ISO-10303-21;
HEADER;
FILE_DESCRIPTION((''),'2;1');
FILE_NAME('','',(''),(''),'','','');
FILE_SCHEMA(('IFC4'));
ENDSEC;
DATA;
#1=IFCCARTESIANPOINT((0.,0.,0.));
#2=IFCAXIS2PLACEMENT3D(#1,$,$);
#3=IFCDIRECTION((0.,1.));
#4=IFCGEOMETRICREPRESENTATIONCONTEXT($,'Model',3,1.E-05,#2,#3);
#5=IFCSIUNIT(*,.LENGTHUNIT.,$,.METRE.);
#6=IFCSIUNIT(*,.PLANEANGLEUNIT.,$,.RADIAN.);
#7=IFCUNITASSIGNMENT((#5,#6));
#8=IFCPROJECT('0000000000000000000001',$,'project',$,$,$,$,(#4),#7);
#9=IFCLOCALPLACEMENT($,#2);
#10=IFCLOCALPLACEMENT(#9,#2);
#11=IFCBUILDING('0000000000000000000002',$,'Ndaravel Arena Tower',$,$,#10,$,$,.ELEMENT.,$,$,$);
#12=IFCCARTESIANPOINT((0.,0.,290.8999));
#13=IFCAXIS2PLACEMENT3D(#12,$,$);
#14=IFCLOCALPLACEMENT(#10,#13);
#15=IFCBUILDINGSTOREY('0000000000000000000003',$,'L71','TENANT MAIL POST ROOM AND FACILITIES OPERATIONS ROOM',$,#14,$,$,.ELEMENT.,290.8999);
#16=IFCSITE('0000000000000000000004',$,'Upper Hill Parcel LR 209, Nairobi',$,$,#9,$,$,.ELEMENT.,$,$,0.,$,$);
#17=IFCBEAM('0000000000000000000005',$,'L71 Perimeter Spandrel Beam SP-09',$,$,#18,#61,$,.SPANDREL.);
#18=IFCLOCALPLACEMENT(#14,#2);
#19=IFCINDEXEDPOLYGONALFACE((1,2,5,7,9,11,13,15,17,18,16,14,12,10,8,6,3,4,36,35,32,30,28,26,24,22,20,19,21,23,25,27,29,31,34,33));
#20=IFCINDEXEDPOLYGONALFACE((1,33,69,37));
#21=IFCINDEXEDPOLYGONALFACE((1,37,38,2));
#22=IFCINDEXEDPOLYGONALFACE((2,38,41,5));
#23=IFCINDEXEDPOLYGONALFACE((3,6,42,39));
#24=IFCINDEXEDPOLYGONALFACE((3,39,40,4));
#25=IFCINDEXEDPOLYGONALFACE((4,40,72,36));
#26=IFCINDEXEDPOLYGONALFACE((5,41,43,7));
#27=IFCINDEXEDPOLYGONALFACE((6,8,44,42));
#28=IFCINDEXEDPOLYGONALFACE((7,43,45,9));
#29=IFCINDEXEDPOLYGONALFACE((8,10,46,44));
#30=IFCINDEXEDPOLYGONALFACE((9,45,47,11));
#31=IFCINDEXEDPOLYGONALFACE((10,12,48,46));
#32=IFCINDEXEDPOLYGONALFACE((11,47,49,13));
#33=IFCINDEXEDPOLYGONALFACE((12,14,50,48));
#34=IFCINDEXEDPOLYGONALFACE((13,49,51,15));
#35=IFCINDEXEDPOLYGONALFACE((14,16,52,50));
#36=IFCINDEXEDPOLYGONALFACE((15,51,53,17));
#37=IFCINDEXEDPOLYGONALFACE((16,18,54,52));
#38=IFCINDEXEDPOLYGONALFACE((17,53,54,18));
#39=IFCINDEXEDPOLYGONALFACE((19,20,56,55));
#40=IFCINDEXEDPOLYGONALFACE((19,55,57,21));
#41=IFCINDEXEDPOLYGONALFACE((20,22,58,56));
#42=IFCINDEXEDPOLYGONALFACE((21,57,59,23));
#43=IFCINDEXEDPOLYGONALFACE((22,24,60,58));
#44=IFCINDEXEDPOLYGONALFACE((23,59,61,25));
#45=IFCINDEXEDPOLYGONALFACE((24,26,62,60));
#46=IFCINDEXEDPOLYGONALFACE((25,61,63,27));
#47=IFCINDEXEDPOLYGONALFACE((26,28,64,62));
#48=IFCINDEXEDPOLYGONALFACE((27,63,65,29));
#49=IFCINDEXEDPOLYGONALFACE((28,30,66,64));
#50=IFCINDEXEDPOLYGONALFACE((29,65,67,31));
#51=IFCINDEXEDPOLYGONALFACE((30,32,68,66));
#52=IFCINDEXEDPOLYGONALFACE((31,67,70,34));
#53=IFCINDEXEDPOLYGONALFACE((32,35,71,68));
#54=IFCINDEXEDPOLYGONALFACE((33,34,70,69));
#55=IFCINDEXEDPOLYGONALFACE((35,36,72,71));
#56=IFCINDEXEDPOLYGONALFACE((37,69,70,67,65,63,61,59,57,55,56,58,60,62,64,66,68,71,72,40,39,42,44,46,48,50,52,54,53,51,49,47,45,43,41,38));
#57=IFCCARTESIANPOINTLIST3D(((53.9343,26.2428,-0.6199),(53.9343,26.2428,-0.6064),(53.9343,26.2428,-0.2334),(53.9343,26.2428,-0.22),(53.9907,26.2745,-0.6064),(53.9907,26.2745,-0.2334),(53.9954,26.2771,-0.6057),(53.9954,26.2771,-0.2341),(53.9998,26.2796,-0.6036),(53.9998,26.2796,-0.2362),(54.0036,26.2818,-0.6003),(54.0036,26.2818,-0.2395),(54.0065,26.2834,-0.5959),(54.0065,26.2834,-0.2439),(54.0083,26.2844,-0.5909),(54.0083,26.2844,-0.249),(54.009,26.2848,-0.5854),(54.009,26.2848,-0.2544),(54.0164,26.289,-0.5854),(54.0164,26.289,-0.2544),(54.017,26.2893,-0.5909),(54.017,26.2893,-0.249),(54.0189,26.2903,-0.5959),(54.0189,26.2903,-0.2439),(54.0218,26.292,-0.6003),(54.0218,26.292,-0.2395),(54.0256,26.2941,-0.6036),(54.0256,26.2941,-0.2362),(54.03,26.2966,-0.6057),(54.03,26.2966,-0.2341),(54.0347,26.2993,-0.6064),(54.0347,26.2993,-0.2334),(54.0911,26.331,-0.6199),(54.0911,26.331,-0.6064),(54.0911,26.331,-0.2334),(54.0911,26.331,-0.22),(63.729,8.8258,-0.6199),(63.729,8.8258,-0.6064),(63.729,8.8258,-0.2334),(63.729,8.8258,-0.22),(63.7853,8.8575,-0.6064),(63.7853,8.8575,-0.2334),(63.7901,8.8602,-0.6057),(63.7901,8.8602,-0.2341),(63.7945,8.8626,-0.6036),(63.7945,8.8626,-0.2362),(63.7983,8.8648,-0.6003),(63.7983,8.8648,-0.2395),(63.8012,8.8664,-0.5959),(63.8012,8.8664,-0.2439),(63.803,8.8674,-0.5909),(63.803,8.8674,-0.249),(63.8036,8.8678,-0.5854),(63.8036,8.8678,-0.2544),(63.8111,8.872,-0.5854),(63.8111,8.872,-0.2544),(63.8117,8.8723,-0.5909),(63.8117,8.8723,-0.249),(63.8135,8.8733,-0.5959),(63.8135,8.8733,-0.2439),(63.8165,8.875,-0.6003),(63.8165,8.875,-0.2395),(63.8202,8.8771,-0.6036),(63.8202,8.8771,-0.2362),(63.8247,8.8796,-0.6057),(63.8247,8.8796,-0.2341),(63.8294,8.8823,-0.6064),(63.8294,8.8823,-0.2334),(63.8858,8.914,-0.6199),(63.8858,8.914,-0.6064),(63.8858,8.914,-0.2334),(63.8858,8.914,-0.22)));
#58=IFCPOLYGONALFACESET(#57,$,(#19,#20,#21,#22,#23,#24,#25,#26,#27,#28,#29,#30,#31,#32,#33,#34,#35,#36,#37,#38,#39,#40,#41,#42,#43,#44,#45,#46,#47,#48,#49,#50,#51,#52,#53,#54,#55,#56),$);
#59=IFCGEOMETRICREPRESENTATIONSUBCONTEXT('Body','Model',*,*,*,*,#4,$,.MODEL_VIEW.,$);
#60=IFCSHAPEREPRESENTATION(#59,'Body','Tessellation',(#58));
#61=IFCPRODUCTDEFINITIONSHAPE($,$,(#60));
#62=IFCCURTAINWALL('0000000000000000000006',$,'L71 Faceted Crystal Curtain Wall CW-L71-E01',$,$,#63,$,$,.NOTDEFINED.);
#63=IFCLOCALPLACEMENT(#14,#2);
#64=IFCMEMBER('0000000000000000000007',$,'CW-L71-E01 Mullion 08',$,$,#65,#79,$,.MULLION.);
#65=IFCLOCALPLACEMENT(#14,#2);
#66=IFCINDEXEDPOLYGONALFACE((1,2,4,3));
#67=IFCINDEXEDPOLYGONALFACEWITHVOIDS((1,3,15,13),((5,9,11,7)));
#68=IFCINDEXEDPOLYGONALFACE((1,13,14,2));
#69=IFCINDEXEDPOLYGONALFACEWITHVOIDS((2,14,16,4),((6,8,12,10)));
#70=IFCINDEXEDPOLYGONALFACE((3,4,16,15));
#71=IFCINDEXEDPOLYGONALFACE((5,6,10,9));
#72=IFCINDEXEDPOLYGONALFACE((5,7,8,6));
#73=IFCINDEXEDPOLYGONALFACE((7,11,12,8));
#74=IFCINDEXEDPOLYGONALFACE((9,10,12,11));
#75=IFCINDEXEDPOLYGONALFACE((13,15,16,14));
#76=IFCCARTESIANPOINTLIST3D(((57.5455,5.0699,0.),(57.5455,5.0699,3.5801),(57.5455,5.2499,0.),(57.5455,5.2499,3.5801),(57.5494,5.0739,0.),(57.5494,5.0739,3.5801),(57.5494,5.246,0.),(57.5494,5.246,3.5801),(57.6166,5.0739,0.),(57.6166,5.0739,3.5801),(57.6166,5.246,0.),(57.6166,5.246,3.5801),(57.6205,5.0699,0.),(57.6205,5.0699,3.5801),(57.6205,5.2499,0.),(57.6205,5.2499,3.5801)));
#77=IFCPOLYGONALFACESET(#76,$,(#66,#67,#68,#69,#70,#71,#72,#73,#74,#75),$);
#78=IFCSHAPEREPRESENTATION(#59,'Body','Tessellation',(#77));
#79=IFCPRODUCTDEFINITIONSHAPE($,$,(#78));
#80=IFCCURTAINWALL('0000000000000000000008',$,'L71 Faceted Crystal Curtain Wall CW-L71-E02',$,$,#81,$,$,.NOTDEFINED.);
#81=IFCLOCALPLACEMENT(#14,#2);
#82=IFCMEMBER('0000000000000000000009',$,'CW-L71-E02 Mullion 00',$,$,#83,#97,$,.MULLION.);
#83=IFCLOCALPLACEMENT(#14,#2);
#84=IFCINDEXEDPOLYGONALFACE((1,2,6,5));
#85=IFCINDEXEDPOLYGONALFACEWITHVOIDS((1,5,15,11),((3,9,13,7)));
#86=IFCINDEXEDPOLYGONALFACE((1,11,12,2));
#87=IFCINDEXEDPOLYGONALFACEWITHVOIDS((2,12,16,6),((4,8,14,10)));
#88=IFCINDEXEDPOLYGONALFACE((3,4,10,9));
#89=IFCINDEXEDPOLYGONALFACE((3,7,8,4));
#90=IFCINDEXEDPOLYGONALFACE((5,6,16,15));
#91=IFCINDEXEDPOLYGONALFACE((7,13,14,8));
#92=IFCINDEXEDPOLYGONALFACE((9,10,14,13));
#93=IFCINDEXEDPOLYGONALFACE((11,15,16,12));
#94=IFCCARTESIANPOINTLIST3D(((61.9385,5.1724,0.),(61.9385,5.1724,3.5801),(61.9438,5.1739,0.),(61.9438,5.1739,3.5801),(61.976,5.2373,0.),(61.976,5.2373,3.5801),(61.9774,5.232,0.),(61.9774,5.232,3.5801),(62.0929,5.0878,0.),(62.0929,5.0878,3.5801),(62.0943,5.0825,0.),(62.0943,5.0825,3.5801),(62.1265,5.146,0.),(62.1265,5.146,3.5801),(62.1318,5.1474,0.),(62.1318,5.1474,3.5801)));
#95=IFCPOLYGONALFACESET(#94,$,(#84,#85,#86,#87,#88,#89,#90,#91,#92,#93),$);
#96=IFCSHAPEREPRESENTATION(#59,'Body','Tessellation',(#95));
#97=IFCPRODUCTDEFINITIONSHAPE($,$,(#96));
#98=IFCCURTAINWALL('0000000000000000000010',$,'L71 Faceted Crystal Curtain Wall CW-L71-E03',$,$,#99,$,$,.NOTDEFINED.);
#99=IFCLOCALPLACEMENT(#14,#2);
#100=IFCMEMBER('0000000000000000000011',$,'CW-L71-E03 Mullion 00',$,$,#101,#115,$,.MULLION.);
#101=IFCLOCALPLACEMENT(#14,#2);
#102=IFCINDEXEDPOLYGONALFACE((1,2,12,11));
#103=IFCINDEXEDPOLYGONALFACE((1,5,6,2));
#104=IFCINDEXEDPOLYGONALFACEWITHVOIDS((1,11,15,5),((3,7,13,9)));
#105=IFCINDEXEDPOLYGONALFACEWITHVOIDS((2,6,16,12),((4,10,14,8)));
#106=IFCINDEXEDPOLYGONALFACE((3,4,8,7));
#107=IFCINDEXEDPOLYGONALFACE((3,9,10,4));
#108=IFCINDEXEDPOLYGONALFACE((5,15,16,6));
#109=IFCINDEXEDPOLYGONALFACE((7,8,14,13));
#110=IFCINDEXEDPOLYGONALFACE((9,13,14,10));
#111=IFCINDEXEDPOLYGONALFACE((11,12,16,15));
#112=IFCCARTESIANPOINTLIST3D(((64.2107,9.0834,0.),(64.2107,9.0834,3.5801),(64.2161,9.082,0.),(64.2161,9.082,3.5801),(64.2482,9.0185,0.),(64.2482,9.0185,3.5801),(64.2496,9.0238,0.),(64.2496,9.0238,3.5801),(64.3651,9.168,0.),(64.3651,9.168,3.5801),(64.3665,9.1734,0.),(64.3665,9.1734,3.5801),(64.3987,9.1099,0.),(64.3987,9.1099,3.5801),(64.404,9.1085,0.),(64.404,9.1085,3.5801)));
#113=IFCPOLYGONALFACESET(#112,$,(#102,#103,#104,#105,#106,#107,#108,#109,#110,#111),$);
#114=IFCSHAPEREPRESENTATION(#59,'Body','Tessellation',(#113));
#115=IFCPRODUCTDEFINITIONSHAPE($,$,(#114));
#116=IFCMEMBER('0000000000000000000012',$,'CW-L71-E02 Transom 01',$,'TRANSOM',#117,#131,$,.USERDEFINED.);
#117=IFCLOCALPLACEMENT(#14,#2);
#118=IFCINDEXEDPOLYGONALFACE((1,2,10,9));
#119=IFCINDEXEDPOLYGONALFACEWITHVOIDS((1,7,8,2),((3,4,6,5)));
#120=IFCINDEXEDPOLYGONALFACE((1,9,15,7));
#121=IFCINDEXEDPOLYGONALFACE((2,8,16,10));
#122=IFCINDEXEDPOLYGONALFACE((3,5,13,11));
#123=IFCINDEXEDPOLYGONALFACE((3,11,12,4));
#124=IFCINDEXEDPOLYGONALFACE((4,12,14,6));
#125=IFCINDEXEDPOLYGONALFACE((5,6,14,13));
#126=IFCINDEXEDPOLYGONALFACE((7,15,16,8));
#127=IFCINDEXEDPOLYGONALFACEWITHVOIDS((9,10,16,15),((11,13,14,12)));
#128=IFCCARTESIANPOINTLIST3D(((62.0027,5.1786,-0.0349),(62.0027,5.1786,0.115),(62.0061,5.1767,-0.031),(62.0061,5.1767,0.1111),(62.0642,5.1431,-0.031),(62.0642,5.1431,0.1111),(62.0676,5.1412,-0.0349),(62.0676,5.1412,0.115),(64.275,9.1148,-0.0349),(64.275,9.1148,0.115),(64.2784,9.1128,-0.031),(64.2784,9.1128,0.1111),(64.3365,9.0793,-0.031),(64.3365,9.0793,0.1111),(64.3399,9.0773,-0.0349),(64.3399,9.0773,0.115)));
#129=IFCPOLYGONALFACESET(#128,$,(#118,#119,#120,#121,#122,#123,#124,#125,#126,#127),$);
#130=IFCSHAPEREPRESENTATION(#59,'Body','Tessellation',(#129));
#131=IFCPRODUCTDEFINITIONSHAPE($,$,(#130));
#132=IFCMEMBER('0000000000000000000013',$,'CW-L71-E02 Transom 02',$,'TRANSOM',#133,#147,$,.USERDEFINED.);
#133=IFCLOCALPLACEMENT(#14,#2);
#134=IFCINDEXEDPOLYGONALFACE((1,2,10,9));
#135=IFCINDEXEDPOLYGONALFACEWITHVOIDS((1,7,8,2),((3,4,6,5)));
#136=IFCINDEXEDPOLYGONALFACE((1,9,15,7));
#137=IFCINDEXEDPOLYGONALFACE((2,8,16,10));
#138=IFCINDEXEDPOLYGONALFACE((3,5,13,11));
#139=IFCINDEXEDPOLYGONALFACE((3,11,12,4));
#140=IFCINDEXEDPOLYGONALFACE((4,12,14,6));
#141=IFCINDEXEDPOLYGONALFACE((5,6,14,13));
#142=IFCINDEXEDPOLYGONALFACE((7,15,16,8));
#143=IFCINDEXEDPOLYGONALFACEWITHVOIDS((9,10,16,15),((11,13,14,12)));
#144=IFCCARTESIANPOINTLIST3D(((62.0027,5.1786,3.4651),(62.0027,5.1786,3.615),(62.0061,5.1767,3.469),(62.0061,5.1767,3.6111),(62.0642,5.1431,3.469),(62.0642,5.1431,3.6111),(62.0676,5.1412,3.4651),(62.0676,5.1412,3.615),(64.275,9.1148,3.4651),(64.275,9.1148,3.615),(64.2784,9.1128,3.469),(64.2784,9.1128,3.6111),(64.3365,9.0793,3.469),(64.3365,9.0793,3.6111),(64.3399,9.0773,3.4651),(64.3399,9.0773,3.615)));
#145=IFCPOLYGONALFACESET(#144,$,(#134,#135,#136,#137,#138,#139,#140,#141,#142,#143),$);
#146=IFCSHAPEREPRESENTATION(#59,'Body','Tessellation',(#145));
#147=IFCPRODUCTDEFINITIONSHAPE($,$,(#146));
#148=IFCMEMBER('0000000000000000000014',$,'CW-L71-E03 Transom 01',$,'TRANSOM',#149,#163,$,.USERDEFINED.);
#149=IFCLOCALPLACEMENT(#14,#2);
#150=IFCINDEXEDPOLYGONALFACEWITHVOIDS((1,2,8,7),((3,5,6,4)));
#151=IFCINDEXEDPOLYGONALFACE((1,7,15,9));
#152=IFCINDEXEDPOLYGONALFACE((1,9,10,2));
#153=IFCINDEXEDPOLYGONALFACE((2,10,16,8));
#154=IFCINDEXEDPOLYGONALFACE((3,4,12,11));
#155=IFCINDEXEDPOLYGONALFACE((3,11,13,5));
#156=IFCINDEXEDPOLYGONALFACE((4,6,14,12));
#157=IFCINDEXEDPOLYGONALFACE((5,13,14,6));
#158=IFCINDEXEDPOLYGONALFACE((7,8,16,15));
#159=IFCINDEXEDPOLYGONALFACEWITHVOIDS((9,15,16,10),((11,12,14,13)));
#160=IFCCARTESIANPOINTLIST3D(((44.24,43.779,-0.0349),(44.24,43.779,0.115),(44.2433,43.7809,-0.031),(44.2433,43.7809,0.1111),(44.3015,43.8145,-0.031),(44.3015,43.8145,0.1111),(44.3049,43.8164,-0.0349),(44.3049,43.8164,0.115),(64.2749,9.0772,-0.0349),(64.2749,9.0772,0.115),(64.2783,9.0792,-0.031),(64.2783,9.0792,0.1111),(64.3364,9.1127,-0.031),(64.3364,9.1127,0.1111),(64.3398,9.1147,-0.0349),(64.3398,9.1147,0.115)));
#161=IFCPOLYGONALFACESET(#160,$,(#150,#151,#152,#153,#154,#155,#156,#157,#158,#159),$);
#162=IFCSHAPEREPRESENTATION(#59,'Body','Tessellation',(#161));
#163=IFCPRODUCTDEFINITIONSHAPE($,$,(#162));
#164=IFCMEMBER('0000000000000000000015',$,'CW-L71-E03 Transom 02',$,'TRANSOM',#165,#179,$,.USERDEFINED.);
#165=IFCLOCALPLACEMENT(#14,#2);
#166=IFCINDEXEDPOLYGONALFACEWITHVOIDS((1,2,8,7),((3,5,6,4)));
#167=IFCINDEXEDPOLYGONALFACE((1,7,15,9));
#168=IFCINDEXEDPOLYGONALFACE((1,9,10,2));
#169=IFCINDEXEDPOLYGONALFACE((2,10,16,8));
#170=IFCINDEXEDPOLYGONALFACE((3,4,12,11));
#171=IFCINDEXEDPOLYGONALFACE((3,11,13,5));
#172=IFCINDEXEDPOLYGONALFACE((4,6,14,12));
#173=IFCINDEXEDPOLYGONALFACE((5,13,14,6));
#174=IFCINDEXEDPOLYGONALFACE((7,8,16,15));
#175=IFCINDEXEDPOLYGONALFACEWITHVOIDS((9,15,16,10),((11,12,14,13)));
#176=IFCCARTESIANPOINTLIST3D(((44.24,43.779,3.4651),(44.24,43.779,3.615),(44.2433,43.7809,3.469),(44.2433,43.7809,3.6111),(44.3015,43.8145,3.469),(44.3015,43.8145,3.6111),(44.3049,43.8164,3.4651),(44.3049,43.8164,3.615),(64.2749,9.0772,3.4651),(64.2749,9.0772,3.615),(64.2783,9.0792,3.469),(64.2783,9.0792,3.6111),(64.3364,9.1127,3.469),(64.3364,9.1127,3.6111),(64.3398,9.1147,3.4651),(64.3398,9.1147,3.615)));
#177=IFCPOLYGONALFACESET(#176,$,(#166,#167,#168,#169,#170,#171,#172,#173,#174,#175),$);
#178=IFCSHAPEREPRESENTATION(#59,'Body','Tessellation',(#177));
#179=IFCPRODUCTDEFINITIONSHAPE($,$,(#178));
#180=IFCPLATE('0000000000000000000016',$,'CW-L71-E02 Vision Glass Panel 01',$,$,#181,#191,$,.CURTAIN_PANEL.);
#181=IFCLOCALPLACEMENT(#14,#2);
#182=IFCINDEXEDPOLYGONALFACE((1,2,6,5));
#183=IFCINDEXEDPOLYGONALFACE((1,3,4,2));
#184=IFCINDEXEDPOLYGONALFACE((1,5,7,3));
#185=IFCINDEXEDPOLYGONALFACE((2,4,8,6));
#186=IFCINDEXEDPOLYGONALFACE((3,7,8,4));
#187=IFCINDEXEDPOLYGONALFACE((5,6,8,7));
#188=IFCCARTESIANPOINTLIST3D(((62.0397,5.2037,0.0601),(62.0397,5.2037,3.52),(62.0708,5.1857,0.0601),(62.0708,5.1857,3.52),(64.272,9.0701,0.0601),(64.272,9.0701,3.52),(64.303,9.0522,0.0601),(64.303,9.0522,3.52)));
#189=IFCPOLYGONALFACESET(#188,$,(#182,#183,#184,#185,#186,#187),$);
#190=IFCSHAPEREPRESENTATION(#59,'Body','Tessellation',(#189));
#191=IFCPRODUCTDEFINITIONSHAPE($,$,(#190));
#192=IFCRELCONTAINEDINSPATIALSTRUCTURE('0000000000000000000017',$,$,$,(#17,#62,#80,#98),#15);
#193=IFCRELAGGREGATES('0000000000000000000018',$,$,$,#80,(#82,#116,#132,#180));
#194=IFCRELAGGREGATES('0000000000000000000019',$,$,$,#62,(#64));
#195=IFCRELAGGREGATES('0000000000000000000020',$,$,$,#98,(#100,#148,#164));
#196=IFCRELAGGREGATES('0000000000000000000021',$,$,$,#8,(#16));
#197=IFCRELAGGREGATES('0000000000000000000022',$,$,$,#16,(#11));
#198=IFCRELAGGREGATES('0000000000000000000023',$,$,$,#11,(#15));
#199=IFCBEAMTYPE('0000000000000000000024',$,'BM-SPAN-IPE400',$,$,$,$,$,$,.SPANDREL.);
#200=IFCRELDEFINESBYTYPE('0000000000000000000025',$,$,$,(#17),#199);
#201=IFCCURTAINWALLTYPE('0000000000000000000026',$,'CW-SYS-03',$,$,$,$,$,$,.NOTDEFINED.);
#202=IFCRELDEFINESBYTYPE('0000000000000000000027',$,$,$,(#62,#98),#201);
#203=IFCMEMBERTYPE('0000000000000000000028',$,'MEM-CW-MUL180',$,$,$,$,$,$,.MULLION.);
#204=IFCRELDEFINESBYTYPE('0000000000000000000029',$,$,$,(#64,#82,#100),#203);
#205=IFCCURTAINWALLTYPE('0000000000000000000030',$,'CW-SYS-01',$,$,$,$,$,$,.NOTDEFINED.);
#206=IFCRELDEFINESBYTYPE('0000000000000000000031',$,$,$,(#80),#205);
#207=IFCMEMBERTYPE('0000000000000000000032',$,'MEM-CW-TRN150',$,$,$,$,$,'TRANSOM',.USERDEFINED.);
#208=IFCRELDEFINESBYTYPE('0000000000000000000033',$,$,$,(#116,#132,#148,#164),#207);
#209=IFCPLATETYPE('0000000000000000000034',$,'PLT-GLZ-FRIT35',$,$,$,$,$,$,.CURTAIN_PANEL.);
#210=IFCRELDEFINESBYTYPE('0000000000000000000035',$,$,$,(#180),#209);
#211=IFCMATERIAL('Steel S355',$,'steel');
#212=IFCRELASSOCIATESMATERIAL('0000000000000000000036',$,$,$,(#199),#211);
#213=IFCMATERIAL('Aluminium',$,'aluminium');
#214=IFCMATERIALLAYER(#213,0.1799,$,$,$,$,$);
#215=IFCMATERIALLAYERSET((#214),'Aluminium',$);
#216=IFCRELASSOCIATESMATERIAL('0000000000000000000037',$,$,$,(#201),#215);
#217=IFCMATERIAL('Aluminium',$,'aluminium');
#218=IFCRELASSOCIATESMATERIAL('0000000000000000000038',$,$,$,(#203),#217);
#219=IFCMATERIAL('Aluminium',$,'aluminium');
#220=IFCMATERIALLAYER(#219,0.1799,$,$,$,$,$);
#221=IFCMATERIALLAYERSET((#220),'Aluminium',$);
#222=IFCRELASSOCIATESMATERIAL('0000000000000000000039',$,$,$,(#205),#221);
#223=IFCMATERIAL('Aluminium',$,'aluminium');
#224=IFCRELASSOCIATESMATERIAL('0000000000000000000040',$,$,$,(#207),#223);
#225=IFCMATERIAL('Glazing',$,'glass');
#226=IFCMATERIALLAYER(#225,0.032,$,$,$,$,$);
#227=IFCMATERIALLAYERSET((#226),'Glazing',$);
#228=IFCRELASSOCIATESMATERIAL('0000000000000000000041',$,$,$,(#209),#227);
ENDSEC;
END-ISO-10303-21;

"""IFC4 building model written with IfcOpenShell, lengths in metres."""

from ifc_helpers import new_model, si_unit, direction, frame, origin, origin_2d, place, context, subcontext, project, spatial, rectangle, hollow_rectangle, i_section, extrude, material, layer, layer_set, material_profile, profile_set, type_object, element, aggregate, save


model = new_model("IFC4")

# Units and contexts
model_context = context("Model", 3, precision=1e-05, world=origin(), true_north=direction((0.0, 1.0)))
body_context = subcontext(model_context, "Body", "Model", "MODEL_VIEW")
ifc_project = project(units=[si_unit("LENGTHUNIT", "METRE"), si_unit("PLANEANGLEUNIT", "RADIAN")], contexts=[model_context])

# Site, building, storey
site_placement = place(None, origin())
site = spatial("IfcSite", under=ifc_project, at=site_placement, Name="Upper Hill Parcel LR 209, Nairobi", CompositionType="ELEMENT", RefElevation=0.0)
building_placement = place(site_placement, origin())
building = spatial("IfcBuilding", under=site, at=building_placement, Name="Ndaravel Arena Tower", CompositionType="ELEMENT")
storey_placement = place(building_placement, frame((0.0, 0.0, 290.8999)))
storey = spatial("IfcBuildingStorey", under=building, at=storey_placement, Name="L71", Description="TENANT MAIL POST ROOM AND FACILITIES OPERATIONS ROOM", CompositionType="ELEMENT", Elevation=290.8999)

# Beam
ifc_material_1 = material(Name="Steel S355", Category="steel")
ifc_material_profile_1 = material_profile(ifc_material_1, i_section(OverallWidth=0.1799, OverallDepth=0.3999, WebThickness=0.0085, FlangeThickness=0.0134, FilletRadius=0.021, at=origin_2d()), Name="IPE 400")
ifc_profile_set_1 = profile_set([ifc_material_profile_1], Name="Steel S355")
beam_type = type_object("IfcBeamType", Name="BM-SPAN-IPE400", PredefinedType="SPANDREL", material=ifc_profile_set_1)
beam_1_placement = place(storey_placement, frame((63.8074, 8.8699, -0.4199), z_axis=(-0.490171, 0.871626, 0.0), x_axis=(-0.871626, -0.490171, 0.0)))
element("IfcBeam", 1, at=beam_1_placement, inside=storey, type_object=beam_type, Name="L71 Perimeter Spandrel Beam SP-09", PredefinedType="SPANDREL", context=body_context, shape_type="SweptSolid", body=[
    extrude(i_section(OverallWidth=0.1799, OverallDepth=0.3999, WebThickness=0.0085, FlangeThickness=0.0134, FilletRadius=0.021, at=origin_2d()), origin(), (0.0, 0.0, 1.0), 19.9822),
])

# Curtain walls, members
ifc_material_2 = material(Name="Aluminium", Category="aluminium")
ifc_layer_1 = layer(ifc_material_2, 0.1799)
ifc_layer_set_1 = layer_set([ifc_layer_1], Name="Aluminium")
curtain_wall_type_1 = type_object("IfcCurtainWallType", Name="CW-SYS-03", PredefinedType="NOTDEFINED", material=ifc_layer_set_1)
curtain_wall_1_placement = place(storey_placement, origin())
curtain_wall_1 = element("IfcCurtainWall", 2, at=curtain_wall_1_placement, inside=storey, type_object=curtain_wall_type_1, Name="L71 Faceted Crystal Curtain Wall CW-L71-E01", PredefinedType="NOTDEFINED")
ifc_material_3 = material(Name="Aluminium", Category="aluminium")
ifc_material_profile_2 = material_profile(ifc_material_3, hollow_rectangle(XDim=0.075, YDim=0.1799, WallThickness=0.0039, at=origin_2d()), Name="CW MULLION 75x180x4")
ifc_profile_set_2 = profile_set([ifc_material_profile_2], Name="Aluminium")
member_type_1 = type_object("IfcMemberType", Name="MEM-CW-MUL180", PredefinedType="MULLION", material=ifc_profile_set_2)
member_1_placement = place(storey_placement, frame((57.583, 5.1599, 0.0), z_axis=(0.0, 0.0, 1.0), x_axis=(1.0, 0.0, 0.0)))
member_1 = element("IfcMember", 3, at=member_1_placement, type_object=member_type_1, Name="CW-L71-E01 Mullion 08", PredefinedType="MULLION", context=body_context, shape_type="SweptSolid", body=[
    extrude(hollow_rectangle(XDim=0.075, YDim=0.1799, WallThickness=0.0039, at=origin_2d()), origin(), (0.0, 0.0, 1.0), 3.5801),
])
ifc_material_4 = material(Name="Aluminium", Category="aluminium")
ifc_layer_2 = layer(ifc_material_4, 0.1799)
ifc_layer_set_2 = layer_set([ifc_layer_2], Name="Aluminium")
curtain_wall_type_2 = type_object("IfcCurtainWallType", Name="CW-SYS-01", PredefinedType="NOTDEFINED", material=ifc_layer_set_2)
curtain_wall_2_placement = place(storey_placement, origin())
curtain_wall_2 = element("IfcCurtainWall", 4, at=curtain_wall_2_placement, inside=storey, type_object=curtain_wall_type_2, Name="L71 Faceted Crystal Curtain Wall CW-L71-E02", PredefinedType="NOTDEFINED")
member_2_placement = place(storey_placement, frame((62.0352, 5.1599, 0.0), z_axis=(0.0, 0.0, 1.0), x_axis=(0.499985, 0.866034, 0.0)))
member_2 = element("IfcMember", 5, at=member_2_placement, type_object=member_type_1, Name="CW-L71-E02 Mullion 00", PredefinedType="MULLION", context=body_context, shape_type="SweptSolid", body=[
    extrude(hollow_rectangle(XDim=0.075, YDim=0.1799, WallThickness=0.0039, at=origin_2d()), origin(), (0.0, 0.0, 1.0), 3.5801),
])
curtain_wall_3_placement = place(storey_placement, origin())
curtain_wall_3 = element("IfcCurtainWall", 6, at=curtain_wall_3_placement, inside=storey, type_object=curtain_wall_type_1, Name="L71 Faceted Crystal Curtain Wall CW-L71-E03", PredefinedType="NOTDEFINED")
member_3_placement = place(storey_placement, frame((64.3074, 9.0959, 0.0), z_axis=(0.0, 0.0, 1.0), x_axis=(-0.5, 0.866025, 0.0)))
member_3 = element("IfcMember", 7, at=member_3_placement, type_object=member_type_1, Name="CW-L71-E03 Mullion 00", PredefinedType="MULLION", context=body_context, shape_type="SweptSolid", body=[
    extrude(hollow_rectangle(XDim=0.075, YDim=0.1799, WallThickness=0.0039, at=origin_2d()), origin(), (0.0, 0.0, 1.0), 3.5801),
])

# Members
ifc_material_5 = material(Name="Aluminium", Category="aluminium")
ifc_material_profile_3 = material_profile(ifc_material_5, hollow_rectangle(XDim=0.075, YDim=0.1499, WallThickness=0.0039, at=origin_2d()), Name="CW TRANSOM 75x150x4")
ifc_profile_set_3 = profile_set([ifc_material_profile_3], Name="Aluminium")
member_type_2 = type_object("IfcMemberType", Name="MEM-CW-TRN150", ElementType="TRANSOM", PredefinedType="USERDEFINED", material=ifc_profile_set_3)
member_4_placement = place(storey_placement, frame((62.0352, 5.1599, 0.04), z_axis=(0.499958, 0.86605, 0.0), x_axis=(-0.86605, 0.499958, 0.0)))
member_4 = element("IfcMember", 8, at=member_4_placement, type_object=member_type_2, Name="CW-L71-E02 Transom 01", ObjectType="TRANSOM", PredefinedType="USERDEFINED", context=body_context, shape_type="SweptSolid", body=[
    extrude(hollow_rectangle(XDim=0.075, YDim=0.1499, WallThickness=0.0039, at=origin_2d()), origin(), (0.0, 0.0, 1.0), 4.5449),
])
member_5_placement = place(storey_placement, frame((62.0352, 5.1599, 3.54), z_axis=(0.499958, 0.86605, 0.0), x_axis=(-0.86605, 0.499958, 0.0)))
member_5 = element("IfcMember", 9, at=member_5_placement, type_object=member_type_2, Name="CW-L71-E02 Transom 02", ObjectType="TRANSOM", PredefinedType="USERDEFINED", context=body_context, shape_type="SweptSolid", body=[
    extrude(hollow_rectangle(XDim=0.075, YDim=0.1499, WallThickness=0.0039, at=origin_2d()), origin(), (0.0, 0.0, 1.0), 4.5449),
])
member_6_placement = place(storey_placement, frame((64.3074, 9.0959, 0.04), z_axis=(-0.499998, 0.866026, 0.0), x_axis=(-0.866026, -0.499998, 0.0)))
member_6 = element("IfcMember", 10, at=member_6_placement, type_object=member_type_2, Name="CW-L71-E03 Transom 01", ObjectType="TRANSOM", PredefinedType="USERDEFINED", context=body_context, shape_type="SweptSolid", body=[
    extrude(hollow_rectangle(XDim=0.075, YDim=0.1499, WallThickness=0.0039, at=origin_2d()), origin(), (0.0, 0.0, 1.0), 40.0701),
])
member_7_placement = place(storey_placement, frame((64.3074, 9.0959, 3.54), z_axis=(-0.499998, 0.866026, 0.0), x_axis=(-0.866026, -0.499998, 0.0)))
member_7 = element("IfcMember", 11, at=member_7_placement, type_object=member_type_2, Name="CW-L71-E03 Transom 02", ObjectType="TRANSOM", PredefinedType="USERDEFINED", context=body_context, shape_type="SweptSolid", body=[
    extrude(hollow_rectangle(XDim=0.075, YDim=0.1499, WallThickness=0.0039, at=origin_2d()), origin(), (0.0, 0.0, 1.0), 40.0701),
])

# Plate
ifc_material_6 = material(Name="Glazing", Category="glass")
ifc_layer_3 = layer(ifc_material_6, 0.032)
ifc_layer_set_3 = layer_set([ifc_layer_3], Name="Glazing")
plate_type_1 = type_object("IfcPlateType", Name="PLT-GLZ-FRIT35", PredefinedType="CURTAIN_PANEL", material=ifc_layer_set_3)
plate_1_placement = place(storey_placement, frame((63.1714, 7.1279, 0.0601), z_axis=(0.0, 0.0, 1.0), x_axis=(0.499985, 0.866034, 0.0)))
plate_1 = element("IfcPlate", 12, at=plate_1_placement, type_object=plate_type_1, Name="CW-L71-E02 Vision Glass Panel 01", PredefinedType="CURTAIN_PANEL", context=body_context, shape_type="SweptSolid", body=[
    extrude(rectangle(XDim=4.4646, YDim=0.0359, at=origin_2d()), origin(), (0.0, 0.0, 1.0), 3.46),
])
aggregate(curtain_wall_2, [member_2, member_4, member_5, plate_1])
aggregate(curtain_wall_1, [member_1])
aggregate(curtain_wall_3, [member_3, member_6, member_7])

save(model, "model.ifc")
